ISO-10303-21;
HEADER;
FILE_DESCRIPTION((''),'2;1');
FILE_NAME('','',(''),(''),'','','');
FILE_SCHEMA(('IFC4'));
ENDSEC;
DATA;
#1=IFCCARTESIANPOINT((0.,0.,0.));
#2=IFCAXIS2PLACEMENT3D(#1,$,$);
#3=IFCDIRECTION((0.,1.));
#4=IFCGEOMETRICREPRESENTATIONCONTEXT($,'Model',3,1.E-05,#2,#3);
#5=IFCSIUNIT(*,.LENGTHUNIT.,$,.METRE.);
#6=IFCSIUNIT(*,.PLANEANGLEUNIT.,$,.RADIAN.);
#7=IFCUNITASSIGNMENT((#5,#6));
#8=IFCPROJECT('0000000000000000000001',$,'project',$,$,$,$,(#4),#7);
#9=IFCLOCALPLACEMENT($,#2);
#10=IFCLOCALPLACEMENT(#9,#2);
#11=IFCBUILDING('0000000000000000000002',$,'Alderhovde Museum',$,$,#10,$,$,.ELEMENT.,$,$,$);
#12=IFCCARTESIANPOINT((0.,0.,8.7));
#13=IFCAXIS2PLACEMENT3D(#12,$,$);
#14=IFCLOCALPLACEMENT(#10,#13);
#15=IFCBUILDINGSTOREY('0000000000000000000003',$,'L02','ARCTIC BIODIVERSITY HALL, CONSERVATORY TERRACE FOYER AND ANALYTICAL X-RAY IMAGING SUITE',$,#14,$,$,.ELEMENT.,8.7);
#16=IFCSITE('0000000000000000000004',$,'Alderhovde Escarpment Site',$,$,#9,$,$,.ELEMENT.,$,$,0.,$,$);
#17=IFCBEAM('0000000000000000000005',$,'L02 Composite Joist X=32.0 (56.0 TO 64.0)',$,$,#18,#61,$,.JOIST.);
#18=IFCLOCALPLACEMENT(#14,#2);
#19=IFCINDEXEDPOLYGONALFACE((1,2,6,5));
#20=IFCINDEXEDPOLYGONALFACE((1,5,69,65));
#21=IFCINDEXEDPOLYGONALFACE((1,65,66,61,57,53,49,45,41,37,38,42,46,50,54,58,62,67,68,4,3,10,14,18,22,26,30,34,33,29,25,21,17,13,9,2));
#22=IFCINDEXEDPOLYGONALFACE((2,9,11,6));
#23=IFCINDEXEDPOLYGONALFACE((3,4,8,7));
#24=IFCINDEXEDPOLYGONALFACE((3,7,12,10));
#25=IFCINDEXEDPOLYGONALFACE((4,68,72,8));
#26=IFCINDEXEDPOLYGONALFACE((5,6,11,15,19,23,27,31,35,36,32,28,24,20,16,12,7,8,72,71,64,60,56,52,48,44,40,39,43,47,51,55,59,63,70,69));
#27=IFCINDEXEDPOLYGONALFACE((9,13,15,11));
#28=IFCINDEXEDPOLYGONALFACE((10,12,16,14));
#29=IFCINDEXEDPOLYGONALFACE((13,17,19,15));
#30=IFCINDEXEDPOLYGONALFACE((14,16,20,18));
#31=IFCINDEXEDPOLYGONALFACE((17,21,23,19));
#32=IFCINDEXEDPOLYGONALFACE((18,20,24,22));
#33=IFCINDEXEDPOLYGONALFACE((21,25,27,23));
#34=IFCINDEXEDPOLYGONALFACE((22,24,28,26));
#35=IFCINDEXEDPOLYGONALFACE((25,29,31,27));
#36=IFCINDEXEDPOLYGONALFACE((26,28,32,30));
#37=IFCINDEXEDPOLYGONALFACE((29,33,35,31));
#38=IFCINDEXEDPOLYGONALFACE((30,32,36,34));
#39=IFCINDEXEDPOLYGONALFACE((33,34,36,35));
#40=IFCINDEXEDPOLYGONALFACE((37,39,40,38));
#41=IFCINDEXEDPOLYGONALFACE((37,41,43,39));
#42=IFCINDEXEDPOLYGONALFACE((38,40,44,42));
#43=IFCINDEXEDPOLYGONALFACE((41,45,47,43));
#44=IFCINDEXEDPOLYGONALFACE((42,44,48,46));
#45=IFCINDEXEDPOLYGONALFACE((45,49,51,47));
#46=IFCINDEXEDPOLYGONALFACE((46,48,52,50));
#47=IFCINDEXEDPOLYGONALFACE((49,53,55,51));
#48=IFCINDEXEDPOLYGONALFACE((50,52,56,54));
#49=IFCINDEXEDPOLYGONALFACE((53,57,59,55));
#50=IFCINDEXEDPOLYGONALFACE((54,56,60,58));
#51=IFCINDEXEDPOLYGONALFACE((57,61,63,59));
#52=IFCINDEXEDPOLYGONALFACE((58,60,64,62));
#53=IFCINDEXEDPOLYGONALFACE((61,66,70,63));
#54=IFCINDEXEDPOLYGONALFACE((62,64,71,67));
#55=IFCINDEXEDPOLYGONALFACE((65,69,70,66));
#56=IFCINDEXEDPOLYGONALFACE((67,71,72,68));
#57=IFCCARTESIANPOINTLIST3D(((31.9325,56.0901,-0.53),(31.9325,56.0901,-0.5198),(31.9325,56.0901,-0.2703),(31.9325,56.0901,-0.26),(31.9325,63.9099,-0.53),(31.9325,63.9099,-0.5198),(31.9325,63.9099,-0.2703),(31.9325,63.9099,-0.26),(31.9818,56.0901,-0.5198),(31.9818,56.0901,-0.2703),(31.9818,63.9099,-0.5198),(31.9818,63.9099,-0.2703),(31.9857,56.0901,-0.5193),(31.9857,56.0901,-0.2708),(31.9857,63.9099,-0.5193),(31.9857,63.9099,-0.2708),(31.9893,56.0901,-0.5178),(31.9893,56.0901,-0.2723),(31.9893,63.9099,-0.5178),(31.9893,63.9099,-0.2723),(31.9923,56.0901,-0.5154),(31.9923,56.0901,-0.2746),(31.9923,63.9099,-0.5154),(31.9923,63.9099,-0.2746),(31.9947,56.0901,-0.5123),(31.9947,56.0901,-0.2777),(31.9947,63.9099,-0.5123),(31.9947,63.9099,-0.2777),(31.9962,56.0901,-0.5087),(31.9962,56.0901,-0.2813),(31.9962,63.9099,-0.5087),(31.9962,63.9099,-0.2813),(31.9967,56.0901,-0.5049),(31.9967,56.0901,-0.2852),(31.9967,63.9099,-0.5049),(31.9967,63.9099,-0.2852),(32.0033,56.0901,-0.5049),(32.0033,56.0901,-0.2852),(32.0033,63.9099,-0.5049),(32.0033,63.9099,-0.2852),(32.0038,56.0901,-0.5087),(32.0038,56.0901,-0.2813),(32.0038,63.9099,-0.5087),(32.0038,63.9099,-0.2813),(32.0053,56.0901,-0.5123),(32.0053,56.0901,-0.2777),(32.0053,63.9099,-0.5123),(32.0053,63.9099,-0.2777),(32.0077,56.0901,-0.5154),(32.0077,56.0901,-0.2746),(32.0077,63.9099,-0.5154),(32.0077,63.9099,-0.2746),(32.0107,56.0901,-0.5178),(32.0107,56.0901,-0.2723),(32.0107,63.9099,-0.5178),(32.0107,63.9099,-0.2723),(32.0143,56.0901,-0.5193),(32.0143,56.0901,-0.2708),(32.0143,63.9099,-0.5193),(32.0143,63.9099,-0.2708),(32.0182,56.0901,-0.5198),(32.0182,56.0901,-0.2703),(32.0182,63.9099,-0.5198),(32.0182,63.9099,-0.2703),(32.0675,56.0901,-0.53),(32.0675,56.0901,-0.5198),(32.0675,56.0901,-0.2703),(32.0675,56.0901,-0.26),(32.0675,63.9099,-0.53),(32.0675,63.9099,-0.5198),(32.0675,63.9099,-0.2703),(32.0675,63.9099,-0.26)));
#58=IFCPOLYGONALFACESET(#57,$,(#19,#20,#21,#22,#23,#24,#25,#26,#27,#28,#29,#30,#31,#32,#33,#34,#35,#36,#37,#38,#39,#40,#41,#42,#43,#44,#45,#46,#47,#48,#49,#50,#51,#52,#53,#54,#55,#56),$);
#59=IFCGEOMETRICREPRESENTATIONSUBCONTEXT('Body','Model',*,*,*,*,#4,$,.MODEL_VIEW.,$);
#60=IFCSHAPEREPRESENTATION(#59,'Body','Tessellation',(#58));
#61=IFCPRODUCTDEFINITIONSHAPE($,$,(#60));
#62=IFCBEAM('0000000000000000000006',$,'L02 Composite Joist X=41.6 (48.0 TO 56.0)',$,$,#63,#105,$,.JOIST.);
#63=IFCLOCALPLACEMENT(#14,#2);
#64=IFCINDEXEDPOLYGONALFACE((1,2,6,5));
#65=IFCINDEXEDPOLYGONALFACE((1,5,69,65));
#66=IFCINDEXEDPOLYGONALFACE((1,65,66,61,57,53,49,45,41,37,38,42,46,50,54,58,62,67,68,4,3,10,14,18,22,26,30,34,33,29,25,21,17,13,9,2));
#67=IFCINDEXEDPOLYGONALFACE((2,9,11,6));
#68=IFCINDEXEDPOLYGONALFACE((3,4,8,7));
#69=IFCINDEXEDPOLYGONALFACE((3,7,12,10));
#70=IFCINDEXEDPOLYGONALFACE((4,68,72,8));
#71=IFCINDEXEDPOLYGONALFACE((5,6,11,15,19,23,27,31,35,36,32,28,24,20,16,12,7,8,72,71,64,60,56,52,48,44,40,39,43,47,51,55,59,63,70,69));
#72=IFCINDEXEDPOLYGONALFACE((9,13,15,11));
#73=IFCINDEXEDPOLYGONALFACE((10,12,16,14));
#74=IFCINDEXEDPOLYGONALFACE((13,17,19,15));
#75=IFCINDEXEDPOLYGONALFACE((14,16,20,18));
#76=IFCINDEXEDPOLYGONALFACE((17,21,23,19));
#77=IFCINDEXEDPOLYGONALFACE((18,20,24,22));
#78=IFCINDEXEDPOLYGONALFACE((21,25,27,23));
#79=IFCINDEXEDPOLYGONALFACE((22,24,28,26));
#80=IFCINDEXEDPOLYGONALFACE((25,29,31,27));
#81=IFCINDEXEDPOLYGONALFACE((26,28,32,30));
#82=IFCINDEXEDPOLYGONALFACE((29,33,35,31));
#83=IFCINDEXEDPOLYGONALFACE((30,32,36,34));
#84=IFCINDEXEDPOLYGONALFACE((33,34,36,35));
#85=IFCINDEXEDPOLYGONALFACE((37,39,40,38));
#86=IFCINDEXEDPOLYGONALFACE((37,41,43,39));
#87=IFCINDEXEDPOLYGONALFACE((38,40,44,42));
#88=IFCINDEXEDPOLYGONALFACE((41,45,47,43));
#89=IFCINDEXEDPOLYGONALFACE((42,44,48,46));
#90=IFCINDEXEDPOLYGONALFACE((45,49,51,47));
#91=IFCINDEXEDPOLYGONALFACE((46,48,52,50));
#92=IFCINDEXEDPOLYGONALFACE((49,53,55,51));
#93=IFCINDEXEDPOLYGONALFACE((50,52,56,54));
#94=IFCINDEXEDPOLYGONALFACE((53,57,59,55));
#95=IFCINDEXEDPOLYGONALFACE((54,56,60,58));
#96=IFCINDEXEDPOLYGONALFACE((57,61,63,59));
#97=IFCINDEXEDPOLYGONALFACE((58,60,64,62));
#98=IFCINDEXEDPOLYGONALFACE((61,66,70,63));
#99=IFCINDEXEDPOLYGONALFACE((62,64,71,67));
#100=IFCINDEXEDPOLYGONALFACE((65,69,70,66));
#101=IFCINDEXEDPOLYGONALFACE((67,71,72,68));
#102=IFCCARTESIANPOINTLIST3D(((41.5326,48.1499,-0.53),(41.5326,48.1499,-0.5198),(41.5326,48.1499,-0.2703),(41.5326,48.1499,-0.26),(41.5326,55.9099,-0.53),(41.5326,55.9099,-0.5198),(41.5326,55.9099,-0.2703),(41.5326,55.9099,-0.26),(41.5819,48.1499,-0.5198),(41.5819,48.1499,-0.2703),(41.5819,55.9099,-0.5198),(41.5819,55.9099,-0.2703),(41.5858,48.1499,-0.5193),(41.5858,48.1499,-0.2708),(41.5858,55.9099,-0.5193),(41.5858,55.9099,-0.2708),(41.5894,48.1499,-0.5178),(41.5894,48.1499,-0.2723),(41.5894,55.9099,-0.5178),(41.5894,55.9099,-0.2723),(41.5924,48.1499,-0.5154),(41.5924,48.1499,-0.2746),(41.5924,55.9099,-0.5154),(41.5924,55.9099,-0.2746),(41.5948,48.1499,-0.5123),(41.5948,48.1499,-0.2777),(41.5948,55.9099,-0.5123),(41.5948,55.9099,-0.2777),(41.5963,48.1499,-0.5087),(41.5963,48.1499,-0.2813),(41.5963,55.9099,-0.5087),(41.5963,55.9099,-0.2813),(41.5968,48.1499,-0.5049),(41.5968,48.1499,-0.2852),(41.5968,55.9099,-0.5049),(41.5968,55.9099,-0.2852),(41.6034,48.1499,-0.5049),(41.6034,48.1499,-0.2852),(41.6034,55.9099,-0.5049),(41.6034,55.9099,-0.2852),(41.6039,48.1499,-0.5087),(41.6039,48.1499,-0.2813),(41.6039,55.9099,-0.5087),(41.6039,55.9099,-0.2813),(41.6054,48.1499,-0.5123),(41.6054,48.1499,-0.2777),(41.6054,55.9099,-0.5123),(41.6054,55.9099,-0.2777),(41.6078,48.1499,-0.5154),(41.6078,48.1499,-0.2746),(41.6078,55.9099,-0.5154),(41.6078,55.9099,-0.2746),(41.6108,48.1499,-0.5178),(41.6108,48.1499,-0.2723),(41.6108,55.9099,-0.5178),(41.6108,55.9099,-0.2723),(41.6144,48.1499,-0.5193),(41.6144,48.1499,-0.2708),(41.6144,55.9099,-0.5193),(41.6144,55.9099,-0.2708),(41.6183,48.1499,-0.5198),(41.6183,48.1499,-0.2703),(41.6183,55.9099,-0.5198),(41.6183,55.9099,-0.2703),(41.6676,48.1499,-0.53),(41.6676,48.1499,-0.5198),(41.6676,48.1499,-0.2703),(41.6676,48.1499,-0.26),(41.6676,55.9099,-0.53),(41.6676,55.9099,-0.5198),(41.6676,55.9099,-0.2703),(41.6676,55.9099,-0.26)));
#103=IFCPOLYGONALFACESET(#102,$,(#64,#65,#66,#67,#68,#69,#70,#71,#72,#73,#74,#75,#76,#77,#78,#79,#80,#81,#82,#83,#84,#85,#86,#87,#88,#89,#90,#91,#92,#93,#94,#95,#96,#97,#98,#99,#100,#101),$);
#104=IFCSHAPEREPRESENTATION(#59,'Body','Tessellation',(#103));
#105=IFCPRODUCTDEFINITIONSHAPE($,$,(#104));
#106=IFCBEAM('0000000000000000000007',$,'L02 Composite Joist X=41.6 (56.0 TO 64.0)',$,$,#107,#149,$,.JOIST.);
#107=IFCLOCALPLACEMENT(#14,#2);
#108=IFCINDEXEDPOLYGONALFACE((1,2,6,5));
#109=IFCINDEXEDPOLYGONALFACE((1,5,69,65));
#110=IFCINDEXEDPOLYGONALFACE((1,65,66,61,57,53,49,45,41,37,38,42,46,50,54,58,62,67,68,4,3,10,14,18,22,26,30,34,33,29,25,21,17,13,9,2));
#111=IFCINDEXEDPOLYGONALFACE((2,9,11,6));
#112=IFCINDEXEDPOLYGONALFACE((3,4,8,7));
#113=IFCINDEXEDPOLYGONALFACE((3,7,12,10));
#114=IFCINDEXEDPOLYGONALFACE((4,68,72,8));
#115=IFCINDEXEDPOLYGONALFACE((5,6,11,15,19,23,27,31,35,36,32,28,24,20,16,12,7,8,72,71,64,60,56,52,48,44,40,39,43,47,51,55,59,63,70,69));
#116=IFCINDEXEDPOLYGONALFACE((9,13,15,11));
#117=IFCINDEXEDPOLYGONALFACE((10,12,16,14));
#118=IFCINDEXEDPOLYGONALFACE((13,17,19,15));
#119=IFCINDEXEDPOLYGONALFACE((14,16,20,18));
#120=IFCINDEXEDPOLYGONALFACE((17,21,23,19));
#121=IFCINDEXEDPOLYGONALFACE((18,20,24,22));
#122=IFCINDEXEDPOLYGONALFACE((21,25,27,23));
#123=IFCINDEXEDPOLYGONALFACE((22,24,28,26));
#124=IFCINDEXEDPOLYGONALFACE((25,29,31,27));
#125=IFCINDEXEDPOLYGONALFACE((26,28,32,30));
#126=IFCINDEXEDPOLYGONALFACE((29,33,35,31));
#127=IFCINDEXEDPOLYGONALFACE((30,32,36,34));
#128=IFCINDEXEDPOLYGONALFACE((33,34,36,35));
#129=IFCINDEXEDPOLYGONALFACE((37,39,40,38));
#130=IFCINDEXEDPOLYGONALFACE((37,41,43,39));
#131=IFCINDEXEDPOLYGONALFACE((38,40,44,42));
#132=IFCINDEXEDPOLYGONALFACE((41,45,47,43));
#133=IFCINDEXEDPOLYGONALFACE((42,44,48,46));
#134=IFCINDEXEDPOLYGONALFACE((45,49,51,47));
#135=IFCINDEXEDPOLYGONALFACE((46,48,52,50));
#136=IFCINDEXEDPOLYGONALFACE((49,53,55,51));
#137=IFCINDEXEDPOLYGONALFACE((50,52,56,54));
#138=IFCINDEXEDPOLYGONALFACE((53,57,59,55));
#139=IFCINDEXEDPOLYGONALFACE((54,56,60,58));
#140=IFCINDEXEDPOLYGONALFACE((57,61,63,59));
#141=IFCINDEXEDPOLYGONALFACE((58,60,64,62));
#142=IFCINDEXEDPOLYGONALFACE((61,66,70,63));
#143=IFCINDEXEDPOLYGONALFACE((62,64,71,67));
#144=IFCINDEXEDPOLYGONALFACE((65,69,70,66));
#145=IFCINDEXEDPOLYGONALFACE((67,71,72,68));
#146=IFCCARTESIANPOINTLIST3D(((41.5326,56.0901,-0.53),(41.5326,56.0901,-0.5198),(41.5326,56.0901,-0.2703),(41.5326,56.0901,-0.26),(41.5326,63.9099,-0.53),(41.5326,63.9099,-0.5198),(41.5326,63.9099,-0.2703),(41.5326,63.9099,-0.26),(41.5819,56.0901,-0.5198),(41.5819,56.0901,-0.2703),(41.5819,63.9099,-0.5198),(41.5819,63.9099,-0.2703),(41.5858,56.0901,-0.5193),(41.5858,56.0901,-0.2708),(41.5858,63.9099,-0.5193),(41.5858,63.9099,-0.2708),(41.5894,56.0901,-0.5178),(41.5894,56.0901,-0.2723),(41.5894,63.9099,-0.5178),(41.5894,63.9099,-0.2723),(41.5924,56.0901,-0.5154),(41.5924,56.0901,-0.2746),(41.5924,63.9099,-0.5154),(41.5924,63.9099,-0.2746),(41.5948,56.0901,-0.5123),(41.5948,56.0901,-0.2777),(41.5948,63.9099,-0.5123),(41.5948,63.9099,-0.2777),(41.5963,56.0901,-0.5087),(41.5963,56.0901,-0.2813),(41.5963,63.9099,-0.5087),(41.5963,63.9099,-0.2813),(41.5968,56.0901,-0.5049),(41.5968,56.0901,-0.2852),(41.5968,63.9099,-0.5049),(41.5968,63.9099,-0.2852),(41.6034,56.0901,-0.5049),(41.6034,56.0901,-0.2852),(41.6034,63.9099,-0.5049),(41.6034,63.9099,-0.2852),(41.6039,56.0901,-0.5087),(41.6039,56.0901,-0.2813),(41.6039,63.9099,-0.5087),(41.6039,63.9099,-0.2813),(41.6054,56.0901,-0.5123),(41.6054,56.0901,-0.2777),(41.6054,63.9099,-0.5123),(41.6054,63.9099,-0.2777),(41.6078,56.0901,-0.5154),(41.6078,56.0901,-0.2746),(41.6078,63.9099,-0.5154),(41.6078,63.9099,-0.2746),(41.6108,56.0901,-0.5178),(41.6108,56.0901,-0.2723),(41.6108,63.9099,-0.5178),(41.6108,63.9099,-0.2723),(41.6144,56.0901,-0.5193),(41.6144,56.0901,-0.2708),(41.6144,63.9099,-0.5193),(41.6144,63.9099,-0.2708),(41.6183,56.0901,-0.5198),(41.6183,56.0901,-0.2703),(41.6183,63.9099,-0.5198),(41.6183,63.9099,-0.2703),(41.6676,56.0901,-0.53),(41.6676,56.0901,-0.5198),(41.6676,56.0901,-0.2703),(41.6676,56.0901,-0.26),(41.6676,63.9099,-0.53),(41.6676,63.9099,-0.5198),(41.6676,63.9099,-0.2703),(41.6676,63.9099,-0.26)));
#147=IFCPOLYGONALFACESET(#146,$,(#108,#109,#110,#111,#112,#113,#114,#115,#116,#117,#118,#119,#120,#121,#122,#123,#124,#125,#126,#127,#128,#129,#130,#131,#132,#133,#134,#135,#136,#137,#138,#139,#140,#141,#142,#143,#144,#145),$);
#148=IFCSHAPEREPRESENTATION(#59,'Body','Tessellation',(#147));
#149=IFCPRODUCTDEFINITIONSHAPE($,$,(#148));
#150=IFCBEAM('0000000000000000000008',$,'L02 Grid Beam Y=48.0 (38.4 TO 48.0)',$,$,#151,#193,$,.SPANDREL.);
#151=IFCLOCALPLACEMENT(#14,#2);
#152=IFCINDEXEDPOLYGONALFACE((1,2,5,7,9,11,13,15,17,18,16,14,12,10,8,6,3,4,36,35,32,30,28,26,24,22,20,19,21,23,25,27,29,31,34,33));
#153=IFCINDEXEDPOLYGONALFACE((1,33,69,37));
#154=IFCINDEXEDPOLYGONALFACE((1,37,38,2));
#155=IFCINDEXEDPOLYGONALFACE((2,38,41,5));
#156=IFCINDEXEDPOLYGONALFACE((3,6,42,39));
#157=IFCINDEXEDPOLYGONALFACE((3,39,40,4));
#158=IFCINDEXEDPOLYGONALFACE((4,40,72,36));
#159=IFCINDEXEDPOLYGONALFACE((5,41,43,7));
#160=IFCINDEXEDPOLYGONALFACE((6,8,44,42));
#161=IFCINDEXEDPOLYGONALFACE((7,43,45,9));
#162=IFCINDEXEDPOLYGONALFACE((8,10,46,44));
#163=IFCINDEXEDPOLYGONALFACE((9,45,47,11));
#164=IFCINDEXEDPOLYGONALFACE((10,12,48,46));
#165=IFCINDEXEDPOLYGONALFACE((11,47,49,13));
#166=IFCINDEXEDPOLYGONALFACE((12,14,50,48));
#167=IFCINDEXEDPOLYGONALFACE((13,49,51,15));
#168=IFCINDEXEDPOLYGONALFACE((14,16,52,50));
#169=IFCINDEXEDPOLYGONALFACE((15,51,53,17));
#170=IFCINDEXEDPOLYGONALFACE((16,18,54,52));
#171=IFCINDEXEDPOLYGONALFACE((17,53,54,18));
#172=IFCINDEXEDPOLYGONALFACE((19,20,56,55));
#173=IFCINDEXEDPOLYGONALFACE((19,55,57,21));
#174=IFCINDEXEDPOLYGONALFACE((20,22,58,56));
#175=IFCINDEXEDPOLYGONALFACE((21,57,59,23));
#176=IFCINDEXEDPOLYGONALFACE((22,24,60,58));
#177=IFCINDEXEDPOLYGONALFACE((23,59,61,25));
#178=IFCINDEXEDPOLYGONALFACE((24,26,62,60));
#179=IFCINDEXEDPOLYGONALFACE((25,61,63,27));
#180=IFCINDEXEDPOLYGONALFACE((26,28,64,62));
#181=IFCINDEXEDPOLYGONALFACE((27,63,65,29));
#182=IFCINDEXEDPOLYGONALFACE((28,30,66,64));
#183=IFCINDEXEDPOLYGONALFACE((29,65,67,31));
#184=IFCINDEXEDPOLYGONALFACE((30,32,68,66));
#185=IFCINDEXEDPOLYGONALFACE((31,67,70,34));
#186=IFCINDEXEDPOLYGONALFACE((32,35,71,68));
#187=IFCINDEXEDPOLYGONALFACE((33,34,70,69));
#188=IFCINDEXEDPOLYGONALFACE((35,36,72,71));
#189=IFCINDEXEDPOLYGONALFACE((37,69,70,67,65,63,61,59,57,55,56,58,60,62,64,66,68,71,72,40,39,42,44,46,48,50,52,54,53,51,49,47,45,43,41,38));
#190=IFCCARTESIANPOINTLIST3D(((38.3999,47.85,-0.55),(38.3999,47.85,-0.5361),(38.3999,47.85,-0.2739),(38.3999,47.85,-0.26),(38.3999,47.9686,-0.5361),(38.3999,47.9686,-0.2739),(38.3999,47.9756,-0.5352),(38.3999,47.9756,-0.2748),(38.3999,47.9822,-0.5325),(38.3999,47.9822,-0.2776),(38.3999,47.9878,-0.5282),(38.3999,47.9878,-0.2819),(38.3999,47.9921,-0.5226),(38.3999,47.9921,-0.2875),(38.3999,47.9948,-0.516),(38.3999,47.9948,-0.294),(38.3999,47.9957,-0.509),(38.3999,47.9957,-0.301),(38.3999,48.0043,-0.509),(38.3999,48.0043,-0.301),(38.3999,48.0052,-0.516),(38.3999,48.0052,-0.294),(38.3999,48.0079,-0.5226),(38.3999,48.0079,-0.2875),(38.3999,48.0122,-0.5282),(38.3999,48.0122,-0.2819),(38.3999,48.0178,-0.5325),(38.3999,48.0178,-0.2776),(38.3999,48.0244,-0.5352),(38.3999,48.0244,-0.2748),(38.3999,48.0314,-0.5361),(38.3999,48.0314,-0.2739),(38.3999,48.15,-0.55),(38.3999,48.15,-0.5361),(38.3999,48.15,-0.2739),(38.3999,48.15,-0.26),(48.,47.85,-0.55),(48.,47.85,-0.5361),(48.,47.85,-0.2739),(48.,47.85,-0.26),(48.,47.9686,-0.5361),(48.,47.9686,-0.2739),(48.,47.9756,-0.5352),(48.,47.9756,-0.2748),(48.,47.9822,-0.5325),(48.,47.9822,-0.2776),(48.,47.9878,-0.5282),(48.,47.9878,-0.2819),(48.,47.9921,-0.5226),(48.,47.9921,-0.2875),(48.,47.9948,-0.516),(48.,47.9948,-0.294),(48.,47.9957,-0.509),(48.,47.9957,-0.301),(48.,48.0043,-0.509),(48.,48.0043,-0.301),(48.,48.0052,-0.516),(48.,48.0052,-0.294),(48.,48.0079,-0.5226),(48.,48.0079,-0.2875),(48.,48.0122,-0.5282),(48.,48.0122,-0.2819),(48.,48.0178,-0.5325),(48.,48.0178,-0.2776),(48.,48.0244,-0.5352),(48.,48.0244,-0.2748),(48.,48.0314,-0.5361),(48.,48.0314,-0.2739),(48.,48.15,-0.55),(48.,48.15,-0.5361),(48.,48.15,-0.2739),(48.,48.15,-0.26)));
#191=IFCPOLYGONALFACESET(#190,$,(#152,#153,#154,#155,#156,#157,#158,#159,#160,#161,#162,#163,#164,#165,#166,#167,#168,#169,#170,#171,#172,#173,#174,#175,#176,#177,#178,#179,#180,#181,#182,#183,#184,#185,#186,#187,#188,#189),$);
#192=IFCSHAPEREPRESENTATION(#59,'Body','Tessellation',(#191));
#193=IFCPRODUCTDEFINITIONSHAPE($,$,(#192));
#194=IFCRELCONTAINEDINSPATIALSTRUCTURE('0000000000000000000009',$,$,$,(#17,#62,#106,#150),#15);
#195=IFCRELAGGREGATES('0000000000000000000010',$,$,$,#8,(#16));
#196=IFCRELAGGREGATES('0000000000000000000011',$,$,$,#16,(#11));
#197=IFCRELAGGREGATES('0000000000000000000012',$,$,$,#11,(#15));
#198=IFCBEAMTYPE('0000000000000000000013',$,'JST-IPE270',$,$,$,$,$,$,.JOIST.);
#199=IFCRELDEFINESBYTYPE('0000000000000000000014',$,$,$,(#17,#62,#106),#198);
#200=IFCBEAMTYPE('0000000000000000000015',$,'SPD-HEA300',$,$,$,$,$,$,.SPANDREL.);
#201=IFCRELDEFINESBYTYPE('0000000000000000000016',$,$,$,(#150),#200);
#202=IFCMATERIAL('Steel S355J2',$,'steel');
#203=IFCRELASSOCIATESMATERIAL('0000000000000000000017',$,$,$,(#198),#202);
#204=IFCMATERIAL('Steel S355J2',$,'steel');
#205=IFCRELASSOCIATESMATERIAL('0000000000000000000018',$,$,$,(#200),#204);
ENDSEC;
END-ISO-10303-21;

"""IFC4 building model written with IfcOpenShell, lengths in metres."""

from ifc_helpers import new_model, si_unit, direction, frame, origin, origin_2d, place, context, subcontext, project, spatial, i_section, extrude, material, material_profile, profile_set, type_object, element, save


model = new_model("IFC4")

# Units and contexts
model_context = context("Model", 3, precision=1e-05, world=origin(), true_north=direction((0.0, 1.0)))
body_context = subcontext(model_context, "Body", "Model", "MODEL_VIEW")
ifc_project = project(units=[si_unit("LENGTHUNIT", "METRE"), si_unit("PLANEANGLEUNIT", "RADIAN")], contexts=[model_context])

# Site, building, storey
site_placement = place(None, origin())
site = spatial("IfcSite", under=ifc_project, at=site_placement, Name="Alderhovde Escarpment Site", CompositionType="ELEMENT", RefElevation=0.0)
building_placement = place(site_placement, origin())
building = spatial("IfcBuilding", under=site, at=building_placement, Name="Alderhovde Museum", CompositionType="ELEMENT")
storey_placement = place(building_placement, frame((0.0, 0.0, 8.7)))
storey = spatial("IfcBuildingStorey", under=building, at=storey_placement, Name="L02", Description="ARCTIC BIODIVERSITY HALL, CONSERVATORY TERRACE FOYER AND ANALYTICAL X-RAY IMAGING SUITE", CompositionType="ELEMENT", Elevation=8.7)

# Beams
ifc_material_1 = material(Name="Steel S355J2", Category="steel")
ifc_material_profile_1 = material_profile(ifc_material_1, i_section(OverallWidth=0.135, OverallDepth=0.27, WebThickness=0.0066, FlangeThickness=0.0103, FilletRadius=0.0149, at=origin_2d()), Name="IPE 270")
ifc_profile_set_1 = profile_set([ifc_material_profile_1], Name="Steel S355J2")
beam_type_1 = type_object("IfcBeamType", Name="JST-IPE270", PredefinedType="JOIST", material=ifc_profile_set_1)
beam_1_placement = place(storey_placement, frame((32.0, 56.0901, -0.395), z_axis=(0.0, 1.0, 0.0), x_axis=(-1.0, 0.0, 0.0)))
element("IfcBeam", 1, at=beam_1_placement, inside=storey, type_object=beam_type_1, Name="L02 Composite Joist X=32.0 (56.0 TO 64.0)", PredefinedType="JOIST", context=body_context, shape_type="SweptSolid", body=[
    extrude(i_section(OverallWidth=0.135, OverallDepth=0.27, WebThickness=0.0066, FlangeThickness=0.0103, FilletRadius=0.0149, at=origin_2d()), origin(), (0.0, 0.0, 1.0), 7.8198),
])
beam_2_placement = place(storey_placement, frame((41.6001, 48.1499, -0.395), z_axis=(0.0, 1.0, 0.0), x_axis=(-1.0, 0.0, 0.0)))
element("IfcBeam", 2, at=beam_2_placement, inside=storey, type_object=beam_type_1, Name="L02 Composite Joist X=41.6 (48.0 TO 56.0)", PredefinedType="JOIST", context=body_context, shape_type="SweptSolid", body=[
    extrude(i_section(OverallWidth=0.135, OverallDepth=0.27, WebThickness=0.0066, FlangeThickness=0.0103, FilletRadius=0.0149, at=origin_2d()), origin(), (0.0, 0.0, 1.0), 7.76),
])
beam_3_placement = place(storey_placement, frame((41.6001, 56.0901, -0.395), z_axis=(0.0, 1.0, 0.0), x_axis=(-1.0, 0.0, 0.0)))
element("IfcBeam", 3, at=beam_3_placement, inside=storey, type_object=beam_type_1, Name="L02 Composite Joist X=41.6 (56.0 TO 64.0)", PredefinedType="JOIST", context=body_context, shape_type="SweptSolid", body=[
    extrude(i_section(OverallWidth=0.135, OverallDepth=0.27, WebThickness=0.0066, FlangeThickness=0.0103, FilletRadius=0.0149, at=origin_2d()), origin(), (0.0, 0.0, 1.0), 7.8198),
])
ifc_material_2 = material(Name="Steel S355J2", Category="steel")
ifc_material_profile_2 = material_profile(ifc_material_2, i_section(OverallWidth=0.3, OverallDepth=0.29, WebThickness=0.0085, FlangeThickness=0.0139, FilletRadius=0.0271, at=origin_2d()), Name="HEA 300")
ifc_profile_set_2 = profile_set([ifc_material_profile_2], Name="Steel S355J2")
beam_type_2 = type_object("IfcBeamType", Name="SPD-HEA300", PredefinedType="SPANDREL", material=ifc_profile_set_2)
for number, where, z_axis, x_axis, name in (
    (4, (38.3999, 48.0, -0.405), (1.0, 0.0, 0.0), (0.0, 1.0, 0.0), "L02 Grid Beam Y=48.0 (38.4 TO 48.0)"),
):
    element("IfcBeam", number, at=place(storey_placement, frame(where, z_axis=z_axis, x_axis=x_axis)), inside=storey, type_object=beam_type_2, Name=name, PredefinedType="SPANDREL", context=body_context, shape_type="SweptSolid", body=[
        extrude(i_section(OverallWidth=0.3, OverallDepth=0.29, WebThickness=0.0085, FlangeThickness=0.0139, FilletRadius=0.0271, at=origin_2d()), origin(), (0.0, 0.0, 1.0), 9.6001),
    ])

save(model, "model.ifc")
